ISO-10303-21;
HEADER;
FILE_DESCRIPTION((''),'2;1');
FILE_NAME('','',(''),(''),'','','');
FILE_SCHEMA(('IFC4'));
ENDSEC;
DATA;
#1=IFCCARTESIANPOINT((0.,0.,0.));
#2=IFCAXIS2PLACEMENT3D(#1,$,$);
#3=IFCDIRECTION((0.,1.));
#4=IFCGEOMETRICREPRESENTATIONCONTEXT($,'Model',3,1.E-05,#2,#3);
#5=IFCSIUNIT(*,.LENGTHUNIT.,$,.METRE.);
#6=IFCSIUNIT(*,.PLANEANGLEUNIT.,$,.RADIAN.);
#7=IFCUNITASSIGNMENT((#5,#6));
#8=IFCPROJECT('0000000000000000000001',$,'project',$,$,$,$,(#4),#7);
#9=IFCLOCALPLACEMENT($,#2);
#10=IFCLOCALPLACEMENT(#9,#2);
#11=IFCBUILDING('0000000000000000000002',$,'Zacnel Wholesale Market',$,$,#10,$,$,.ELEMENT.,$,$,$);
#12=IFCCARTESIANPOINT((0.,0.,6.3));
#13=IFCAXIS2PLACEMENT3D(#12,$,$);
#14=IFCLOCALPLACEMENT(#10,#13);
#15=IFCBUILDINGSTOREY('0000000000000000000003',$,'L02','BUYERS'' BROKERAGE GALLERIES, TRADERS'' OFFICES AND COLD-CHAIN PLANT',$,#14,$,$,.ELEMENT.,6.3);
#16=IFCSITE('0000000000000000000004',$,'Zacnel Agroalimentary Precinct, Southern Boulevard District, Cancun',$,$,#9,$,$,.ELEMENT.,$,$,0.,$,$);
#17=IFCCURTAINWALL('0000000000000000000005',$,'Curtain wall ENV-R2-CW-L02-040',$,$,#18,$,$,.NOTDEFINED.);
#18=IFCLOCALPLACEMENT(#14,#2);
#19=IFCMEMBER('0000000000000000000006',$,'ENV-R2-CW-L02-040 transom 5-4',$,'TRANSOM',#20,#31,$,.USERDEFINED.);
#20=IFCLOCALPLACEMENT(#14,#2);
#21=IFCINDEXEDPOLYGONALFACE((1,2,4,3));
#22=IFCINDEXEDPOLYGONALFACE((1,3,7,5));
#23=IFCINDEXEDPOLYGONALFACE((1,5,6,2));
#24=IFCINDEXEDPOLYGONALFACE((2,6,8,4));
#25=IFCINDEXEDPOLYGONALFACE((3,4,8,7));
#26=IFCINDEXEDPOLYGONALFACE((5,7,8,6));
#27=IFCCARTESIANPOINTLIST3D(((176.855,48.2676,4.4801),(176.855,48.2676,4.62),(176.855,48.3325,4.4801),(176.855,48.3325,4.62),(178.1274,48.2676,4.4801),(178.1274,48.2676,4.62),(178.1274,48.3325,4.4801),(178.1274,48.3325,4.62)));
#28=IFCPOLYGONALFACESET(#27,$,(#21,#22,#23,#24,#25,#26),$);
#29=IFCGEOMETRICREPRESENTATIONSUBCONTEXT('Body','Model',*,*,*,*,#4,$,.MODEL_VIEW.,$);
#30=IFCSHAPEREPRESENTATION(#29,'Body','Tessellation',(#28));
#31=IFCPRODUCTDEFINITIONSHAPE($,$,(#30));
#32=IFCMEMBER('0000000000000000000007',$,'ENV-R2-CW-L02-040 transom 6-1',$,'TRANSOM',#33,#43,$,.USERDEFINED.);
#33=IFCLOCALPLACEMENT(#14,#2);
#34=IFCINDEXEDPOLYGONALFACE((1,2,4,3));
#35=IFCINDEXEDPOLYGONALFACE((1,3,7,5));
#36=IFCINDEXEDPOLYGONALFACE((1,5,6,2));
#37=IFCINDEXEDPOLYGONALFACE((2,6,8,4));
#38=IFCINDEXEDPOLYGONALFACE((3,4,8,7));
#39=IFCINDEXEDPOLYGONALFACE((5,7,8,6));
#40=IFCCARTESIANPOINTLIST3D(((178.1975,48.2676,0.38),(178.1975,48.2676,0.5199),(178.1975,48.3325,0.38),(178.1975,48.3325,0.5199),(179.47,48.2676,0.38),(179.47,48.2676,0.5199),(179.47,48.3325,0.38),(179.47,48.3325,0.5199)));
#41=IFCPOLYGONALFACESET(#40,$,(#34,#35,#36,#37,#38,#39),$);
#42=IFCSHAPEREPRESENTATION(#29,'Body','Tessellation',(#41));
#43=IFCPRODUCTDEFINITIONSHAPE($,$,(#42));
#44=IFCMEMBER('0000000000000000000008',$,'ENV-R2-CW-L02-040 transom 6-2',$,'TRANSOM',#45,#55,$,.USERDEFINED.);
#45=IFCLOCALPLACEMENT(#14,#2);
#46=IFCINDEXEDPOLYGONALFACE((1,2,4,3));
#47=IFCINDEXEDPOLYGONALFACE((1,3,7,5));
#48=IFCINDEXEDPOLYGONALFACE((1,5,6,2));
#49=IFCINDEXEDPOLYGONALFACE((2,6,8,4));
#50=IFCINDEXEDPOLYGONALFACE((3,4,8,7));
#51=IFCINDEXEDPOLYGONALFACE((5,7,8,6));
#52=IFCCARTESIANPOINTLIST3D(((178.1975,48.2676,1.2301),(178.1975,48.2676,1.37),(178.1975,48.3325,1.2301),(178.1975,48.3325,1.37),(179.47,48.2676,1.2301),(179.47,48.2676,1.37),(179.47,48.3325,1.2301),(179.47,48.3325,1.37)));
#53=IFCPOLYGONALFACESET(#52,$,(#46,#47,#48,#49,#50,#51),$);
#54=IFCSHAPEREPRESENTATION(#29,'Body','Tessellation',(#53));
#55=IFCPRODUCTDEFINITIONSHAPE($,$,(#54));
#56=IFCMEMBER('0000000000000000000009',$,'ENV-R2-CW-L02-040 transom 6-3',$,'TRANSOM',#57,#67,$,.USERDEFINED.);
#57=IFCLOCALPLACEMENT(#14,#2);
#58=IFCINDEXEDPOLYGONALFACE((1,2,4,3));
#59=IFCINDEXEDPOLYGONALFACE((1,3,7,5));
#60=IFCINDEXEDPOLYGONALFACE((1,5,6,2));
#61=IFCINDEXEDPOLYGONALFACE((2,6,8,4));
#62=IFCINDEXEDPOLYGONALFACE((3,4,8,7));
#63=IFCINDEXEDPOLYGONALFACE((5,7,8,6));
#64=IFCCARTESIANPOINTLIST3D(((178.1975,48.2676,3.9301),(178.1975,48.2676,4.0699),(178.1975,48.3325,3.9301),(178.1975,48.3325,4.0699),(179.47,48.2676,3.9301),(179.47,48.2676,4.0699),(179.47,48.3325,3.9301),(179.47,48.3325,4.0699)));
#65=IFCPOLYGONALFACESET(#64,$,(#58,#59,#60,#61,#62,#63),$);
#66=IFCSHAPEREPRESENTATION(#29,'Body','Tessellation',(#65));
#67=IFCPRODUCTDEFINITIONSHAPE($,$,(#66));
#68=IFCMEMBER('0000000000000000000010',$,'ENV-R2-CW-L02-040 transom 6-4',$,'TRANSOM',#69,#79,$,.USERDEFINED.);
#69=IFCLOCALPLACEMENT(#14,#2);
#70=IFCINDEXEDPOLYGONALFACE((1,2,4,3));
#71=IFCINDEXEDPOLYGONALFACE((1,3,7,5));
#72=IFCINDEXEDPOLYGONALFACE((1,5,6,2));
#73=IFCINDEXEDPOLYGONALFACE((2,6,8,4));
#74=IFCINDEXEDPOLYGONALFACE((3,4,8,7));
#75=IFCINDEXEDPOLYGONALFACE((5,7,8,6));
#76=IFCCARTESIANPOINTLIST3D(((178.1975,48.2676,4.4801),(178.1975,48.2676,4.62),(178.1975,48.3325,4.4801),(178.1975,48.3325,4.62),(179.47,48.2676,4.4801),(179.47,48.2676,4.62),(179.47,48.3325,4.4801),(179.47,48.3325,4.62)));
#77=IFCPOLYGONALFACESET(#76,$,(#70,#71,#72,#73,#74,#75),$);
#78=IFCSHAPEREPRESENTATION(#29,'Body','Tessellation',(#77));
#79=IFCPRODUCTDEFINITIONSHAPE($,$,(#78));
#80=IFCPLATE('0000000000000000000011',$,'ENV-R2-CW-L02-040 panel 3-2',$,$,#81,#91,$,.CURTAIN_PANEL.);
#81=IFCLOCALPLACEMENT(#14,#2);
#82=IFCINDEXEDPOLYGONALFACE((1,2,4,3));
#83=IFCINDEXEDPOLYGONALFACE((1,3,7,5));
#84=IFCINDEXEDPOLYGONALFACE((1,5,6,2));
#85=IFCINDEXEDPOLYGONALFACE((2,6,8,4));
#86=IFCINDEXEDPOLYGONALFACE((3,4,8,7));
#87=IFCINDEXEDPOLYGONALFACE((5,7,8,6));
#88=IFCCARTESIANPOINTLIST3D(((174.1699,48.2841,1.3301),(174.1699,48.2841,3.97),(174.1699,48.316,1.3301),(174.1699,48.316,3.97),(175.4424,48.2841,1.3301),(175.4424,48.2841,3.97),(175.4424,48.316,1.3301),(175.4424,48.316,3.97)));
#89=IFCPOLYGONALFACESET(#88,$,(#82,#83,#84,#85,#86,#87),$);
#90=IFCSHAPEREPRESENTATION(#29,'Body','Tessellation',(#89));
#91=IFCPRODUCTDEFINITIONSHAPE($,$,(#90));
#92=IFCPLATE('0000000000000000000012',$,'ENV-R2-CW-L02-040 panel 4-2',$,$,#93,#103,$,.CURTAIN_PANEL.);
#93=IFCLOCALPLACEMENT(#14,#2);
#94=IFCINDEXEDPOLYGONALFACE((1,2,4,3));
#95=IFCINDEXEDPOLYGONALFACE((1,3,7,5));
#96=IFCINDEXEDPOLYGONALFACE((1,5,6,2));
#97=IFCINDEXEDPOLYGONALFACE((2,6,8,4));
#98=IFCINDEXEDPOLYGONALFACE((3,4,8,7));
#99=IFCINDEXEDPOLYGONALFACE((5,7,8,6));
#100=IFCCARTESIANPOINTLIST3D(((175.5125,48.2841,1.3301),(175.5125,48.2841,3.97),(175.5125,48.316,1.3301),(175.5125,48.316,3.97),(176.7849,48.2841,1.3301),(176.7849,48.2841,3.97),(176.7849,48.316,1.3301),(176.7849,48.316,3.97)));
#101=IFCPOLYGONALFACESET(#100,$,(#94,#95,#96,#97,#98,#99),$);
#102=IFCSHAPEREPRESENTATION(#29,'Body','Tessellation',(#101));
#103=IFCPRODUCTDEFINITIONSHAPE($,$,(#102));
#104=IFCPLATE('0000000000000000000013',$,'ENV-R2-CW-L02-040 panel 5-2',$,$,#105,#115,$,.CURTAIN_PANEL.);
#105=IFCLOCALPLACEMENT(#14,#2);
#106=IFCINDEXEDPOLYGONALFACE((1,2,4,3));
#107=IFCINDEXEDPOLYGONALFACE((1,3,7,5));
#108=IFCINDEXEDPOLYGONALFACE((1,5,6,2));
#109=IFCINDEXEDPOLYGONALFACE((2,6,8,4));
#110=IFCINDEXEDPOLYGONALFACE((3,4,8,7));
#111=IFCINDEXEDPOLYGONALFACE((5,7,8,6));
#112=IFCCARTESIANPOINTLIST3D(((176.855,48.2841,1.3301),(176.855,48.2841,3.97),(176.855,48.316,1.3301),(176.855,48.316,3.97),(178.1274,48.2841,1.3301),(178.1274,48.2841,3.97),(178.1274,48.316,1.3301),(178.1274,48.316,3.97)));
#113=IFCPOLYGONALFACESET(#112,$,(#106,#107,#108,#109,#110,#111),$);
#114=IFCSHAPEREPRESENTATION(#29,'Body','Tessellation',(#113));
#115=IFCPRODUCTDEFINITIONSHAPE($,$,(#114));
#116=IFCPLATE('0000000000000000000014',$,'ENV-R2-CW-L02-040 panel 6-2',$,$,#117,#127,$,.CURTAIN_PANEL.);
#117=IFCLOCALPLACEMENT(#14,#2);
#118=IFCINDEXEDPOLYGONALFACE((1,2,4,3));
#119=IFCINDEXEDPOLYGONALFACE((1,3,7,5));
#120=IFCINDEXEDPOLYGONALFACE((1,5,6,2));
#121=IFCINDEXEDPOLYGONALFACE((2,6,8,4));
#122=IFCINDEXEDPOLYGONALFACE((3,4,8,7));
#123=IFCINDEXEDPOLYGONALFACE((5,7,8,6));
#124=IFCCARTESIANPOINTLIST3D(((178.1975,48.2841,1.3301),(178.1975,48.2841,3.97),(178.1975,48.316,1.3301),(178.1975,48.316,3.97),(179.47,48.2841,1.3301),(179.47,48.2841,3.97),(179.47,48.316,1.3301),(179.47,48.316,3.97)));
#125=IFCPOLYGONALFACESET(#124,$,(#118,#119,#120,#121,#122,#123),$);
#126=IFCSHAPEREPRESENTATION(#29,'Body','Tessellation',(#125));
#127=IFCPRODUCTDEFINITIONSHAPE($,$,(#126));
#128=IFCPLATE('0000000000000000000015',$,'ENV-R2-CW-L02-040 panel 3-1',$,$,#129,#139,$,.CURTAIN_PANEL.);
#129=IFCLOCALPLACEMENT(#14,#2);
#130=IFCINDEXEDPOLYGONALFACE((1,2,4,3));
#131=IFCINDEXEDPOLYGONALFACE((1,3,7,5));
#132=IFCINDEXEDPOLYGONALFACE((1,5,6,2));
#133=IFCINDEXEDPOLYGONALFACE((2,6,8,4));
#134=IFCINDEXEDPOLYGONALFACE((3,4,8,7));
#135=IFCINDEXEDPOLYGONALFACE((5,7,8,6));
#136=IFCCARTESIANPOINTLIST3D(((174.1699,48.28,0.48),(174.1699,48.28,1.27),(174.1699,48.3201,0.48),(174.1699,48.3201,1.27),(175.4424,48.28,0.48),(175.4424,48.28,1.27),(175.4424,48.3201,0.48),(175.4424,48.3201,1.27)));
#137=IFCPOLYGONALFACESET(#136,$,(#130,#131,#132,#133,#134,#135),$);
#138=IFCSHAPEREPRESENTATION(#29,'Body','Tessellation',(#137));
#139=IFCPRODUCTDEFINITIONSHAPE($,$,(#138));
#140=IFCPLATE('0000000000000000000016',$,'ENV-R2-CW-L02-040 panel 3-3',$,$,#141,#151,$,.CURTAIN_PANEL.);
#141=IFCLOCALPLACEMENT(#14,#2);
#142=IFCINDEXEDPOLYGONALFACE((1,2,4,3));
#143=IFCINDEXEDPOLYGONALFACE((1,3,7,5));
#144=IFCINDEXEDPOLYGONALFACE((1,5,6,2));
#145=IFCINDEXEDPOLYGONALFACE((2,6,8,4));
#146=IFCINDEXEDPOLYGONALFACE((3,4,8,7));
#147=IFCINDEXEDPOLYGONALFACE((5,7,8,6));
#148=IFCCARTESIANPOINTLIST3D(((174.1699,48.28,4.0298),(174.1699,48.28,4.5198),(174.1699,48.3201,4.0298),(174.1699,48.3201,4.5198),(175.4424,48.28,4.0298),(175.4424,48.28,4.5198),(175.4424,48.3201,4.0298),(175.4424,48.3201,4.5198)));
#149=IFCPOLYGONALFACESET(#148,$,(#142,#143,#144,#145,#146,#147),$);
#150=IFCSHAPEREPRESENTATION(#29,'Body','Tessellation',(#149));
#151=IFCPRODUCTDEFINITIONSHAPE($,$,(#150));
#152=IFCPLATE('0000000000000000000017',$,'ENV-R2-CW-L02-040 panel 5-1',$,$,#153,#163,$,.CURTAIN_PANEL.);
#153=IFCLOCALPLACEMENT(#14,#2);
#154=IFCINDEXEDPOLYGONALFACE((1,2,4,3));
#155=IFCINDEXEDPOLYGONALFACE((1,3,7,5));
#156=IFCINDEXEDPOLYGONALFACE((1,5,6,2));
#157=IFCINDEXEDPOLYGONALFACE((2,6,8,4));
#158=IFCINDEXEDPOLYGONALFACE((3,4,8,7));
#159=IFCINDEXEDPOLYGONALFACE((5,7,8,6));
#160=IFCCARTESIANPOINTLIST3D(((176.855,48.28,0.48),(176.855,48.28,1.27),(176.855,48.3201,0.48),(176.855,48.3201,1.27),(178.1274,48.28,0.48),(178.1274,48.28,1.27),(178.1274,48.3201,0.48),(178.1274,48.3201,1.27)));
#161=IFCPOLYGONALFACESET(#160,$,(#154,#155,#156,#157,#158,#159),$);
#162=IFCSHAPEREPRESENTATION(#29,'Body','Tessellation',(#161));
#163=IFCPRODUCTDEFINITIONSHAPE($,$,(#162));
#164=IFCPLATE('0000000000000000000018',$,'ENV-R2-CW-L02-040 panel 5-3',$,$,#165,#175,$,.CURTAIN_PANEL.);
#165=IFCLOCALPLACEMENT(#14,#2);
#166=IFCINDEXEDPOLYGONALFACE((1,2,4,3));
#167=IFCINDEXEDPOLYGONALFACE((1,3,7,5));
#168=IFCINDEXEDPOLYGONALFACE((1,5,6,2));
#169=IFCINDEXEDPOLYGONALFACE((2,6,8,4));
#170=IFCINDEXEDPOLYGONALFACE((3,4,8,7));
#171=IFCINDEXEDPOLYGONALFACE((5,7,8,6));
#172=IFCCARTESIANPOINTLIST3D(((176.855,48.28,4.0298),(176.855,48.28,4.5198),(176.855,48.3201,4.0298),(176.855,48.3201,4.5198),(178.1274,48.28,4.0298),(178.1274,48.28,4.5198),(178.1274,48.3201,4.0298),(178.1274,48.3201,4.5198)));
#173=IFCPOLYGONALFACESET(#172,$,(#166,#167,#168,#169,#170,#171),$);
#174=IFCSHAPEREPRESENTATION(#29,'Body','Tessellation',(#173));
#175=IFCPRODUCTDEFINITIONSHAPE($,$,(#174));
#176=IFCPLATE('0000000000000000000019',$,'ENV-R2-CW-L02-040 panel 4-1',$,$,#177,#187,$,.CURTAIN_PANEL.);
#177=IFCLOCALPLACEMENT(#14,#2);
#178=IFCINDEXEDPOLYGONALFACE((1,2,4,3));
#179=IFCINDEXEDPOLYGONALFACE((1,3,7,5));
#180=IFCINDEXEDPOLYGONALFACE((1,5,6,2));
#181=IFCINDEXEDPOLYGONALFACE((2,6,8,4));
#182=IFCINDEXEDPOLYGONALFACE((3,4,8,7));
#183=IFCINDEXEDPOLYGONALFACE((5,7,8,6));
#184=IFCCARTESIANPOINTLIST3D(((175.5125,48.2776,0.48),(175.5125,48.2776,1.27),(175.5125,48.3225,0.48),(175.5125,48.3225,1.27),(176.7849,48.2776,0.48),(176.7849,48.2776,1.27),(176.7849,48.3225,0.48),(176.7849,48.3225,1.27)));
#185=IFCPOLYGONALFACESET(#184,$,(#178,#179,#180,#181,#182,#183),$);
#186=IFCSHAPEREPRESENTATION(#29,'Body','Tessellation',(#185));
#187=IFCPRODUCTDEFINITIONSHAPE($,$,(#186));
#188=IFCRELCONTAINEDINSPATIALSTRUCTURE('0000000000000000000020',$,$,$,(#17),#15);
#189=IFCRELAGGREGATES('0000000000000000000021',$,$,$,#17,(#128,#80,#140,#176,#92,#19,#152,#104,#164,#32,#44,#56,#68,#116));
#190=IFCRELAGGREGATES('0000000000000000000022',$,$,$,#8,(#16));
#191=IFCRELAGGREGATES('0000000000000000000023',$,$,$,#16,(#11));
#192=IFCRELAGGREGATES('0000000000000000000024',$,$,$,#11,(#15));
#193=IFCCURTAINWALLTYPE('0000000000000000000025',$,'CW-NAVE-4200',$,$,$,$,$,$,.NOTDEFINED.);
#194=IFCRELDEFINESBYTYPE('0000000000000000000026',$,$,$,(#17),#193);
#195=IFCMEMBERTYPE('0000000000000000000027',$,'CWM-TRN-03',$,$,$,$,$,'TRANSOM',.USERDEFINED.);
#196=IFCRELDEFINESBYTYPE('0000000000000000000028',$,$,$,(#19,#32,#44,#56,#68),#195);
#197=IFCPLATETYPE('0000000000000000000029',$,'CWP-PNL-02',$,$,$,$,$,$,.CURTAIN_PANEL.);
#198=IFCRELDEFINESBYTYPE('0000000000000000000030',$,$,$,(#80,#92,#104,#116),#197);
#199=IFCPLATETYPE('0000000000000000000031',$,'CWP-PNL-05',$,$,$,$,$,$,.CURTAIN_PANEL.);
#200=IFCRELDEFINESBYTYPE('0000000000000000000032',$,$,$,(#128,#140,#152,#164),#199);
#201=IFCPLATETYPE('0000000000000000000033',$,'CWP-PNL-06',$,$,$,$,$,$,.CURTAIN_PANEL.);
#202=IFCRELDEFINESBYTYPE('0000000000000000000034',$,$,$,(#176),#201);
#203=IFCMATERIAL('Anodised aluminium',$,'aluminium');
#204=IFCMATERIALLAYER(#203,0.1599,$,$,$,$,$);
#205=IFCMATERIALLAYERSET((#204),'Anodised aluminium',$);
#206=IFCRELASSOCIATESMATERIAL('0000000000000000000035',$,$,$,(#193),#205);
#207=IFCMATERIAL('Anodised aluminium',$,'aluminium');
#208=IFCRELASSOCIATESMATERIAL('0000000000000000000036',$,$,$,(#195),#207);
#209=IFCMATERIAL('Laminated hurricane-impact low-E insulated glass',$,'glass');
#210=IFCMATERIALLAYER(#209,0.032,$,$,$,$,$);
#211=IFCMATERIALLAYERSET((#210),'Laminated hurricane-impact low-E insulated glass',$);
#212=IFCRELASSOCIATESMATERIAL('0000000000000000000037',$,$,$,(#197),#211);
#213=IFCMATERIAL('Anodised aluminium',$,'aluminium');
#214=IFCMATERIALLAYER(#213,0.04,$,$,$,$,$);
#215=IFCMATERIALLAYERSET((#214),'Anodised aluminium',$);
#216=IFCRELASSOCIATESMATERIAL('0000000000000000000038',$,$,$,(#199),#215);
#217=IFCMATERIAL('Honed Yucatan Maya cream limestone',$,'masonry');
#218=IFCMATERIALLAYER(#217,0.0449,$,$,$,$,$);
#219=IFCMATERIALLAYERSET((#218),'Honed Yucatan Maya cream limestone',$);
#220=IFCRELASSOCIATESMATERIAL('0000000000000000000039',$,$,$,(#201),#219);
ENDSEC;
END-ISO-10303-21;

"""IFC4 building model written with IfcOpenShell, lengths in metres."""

from ifc_helpers import new_model, si_unit, direction, frame, origin, origin_2d, place, context, subcontext, project, spatial, rectangle, extrude, material, layer, layer_set, material_profile, profile_set, type_object, element, aggregate, save


model = new_model("IFC4")

# Units and contexts
model_context = context("Model", 3, precision=1e-05, world=origin(), true_north=direction((0.0, 1.0)))
body_context = subcontext(model_context, "Body", "Model", "MODEL_VIEW")
ifc_project = project(units=[si_unit("LENGTHUNIT", "METRE"), si_unit("PLANEANGLEUNIT", "RADIAN")], contexts=[model_context])

# Site, building, storey
site_placement = place(None, origin())
site = spatial("IfcSite", under=ifc_project, at=site_placement, Name="Zacnel Agroalimentary Precinct, Southern Boulevard District, Cancun", CompositionType="ELEMENT", RefElevation=0.0)
building_placement = place(site_placement, origin())
building = spatial("IfcBuilding", under=site, at=building_placement, Name="Zacnel Wholesale Market", CompositionType="ELEMENT")
storey_placement = place(building_placement, frame((0.0, 0.0, 6.3)))
storey = spatial("IfcBuildingStorey", under=building, at=storey_placement, Name="L02", Description="BUYERS' BROKERAGE GALLERIES, TRADERS' OFFICES AND COLD-CHAIN PLANT", CompositionType="ELEMENT", Elevation=6.3)

# Curtain wall, members, plates
ifc_material_1 = material(Name="Anodised aluminium", Category="aluminium")
ifc_layer_1 = layer(ifc_material_1, 0.1599)
ifc_layer_set_1 = layer_set([ifc_layer_1], Name="Anodised aluminium")
curtain_wall_type = type_object("IfcCurtainWallType", Name="CW-NAVE-4200", PredefinedType="NOTDEFINED", material=ifc_layer_set_1)
curtain_wall_placement = place(storey_placement, origin())
curtain_wall = element("IfcCurtainWall", 1, at=curtain_wall_placement, inside=storey, type_object=curtain_wall_type, Name="Curtain wall ENV-R2-CW-L02-040", PredefinedType="NOTDEFINED")
ifc_material_2 = material(Name="Anodised aluminium", Category="aluminium")
ifc_material_profile_1 = material_profile(ifc_material_2, rectangle(XDim=0.0649, YDim=0.1399, at=origin_2d()), Name="AW-TRANSOM 65x140")
ifc_profile_set_1 = profile_set([ifc_material_profile_1], Name="Anodised aluminium")
member_type_1 = type_object("IfcMemberType", Name="CWM-TRN-03", ElementType="TRANSOM", PredefinedType="USERDEFINED", material=ifc_profile_set_1)
member_1_placement = place(storey_placement, frame((176.855, 48.3, 4.55), z_axis=(1.0, 0.0, 0.0), x_axis=(0.0, 1.0, 0.0)))
member_1 = element("IfcMember", 2, at=member_1_placement, type_object=member_type_1, Name="ENV-R2-CW-L02-040 transom 5-4", ObjectType="TRANSOM", PredefinedType="USERDEFINED", context=body_context, shape_type="SweptSolid", body=[
    extrude(rectangle(XDim=0.0649, YDim=0.1399, at=origin_2d()), origin(), (0.0, 0.0, 1.0), 1.2725),
])
member_2_placement = place(storey_placement, frame((178.1975, 48.3, 0.45), z_axis=(1.0, 0.0, 0.0), x_axis=(0.0, 1.0, 0.0)))
member_2 = element("IfcMember", 3, at=member_2_placement, type_object=member_type_1, Name="ENV-R2-CW-L02-040 transom 6-1", ObjectType="TRANSOM", PredefinedType="USERDEFINED", context=body_context, shape_type="SweptSolid", body=[
    extrude(rectangle(XDim=0.0649, YDim=0.1399, at=origin_2d()), origin(), (0.0, 0.0, 1.0), 1.2725),
])
member_3_placement = place(storey_placement, frame((178.1975, 48.3, 1.3), z_axis=(1.0, 0.0, 0.0), x_axis=(0.0, 1.0, 0.0)))
member_3 = element("IfcMember", 4, at=member_3_placement, type_object=member_type_1, Name="ENV-R2-CW-L02-040 transom 6-2", ObjectType="TRANSOM", PredefinedType="USERDEFINED", context=body_context, shape_type="SweptSolid", body=[
    extrude(rectangle(XDim=0.0649, YDim=0.1399, at=origin_2d()), origin(), (0.0, 0.0, 1.0), 1.2725),
])
member_4_placement = place(storey_placement, frame((178.1975, 48.3, 4.0), z_axis=(1.0, 0.0, 0.0), x_axis=(0.0, 1.0, 0.0)))
member_4 = element("IfcMember", 5, at=member_4_placement, type_object=member_type_1, Name="ENV-R2-CW-L02-040 transom 6-3", ObjectType="TRANSOM", PredefinedType="USERDEFINED", context=body_context, shape_type="SweptSolid", body=[
    extrude(rectangle(XDim=0.0649, YDim=0.1399, at=origin_2d()), origin(), (0.0, 0.0, 1.0), 1.2725),
])
member_5_placement = place(storey_placement, frame((178.1975, 48.3, 4.55), z_axis=(1.0, 0.0, 0.0), x_axis=(0.0, 1.0, 0.0)))
member_5 = element("IfcMember", 6, at=member_5_placement, type_object=member_type_1, Name="ENV-R2-CW-L02-040 transom 6-4", ObjectType="TRANSOM", PredefinedType="USERDEFINED", context=body_context, shape_type="SweptSolid", body=[
    extrude(rectangle(XDim=0.0649, YDim=0.1399, at=origin_2d()), origin(), (0.0, 0.0, 1.0), 1.2725),
])
ifc_material_3 = material(Name="Laminated hurricane-impact low-E insulated glass", Category="glass")
ifc_layer_2 = layer(ifc_material_3, 0.032)
ifc_layer_set_2 = layer_set([ifc_layer_2], Name="Laminated hurricane-impact low-E insulated glass")
plate_type_1 = type_object("IfcPlateType", Name="CWP-PNL-02", PredefinedType="CURTAIN_PANEL", material=ifc_layer_set_2)
plate_1_placement = place(storey_placement, frame((174.8062, 48.3, 1.3301), z_axis=(0.0, 0.0, 1.0), x_axis=(1.0, 0.0, 0.0)))
plate_1 = element("IfcPlate", 7, at=plate_1_placement, type_object=plate_type_1, Name="ENV-R2-CW-L02-040 panel 3-2", PredefinedType="CURTAIN_PANEL", context=body_context, shape_type="SweptSolid", body=[
    extrude(rectangle(XDim=1.2725, YDim=0.032, at=origin_2d()), origin(), (0.0, 0.0, 1.0), 2.6399),
])
plate_2_placement = place(storey_placement, frame((176.1487, 48.3, 1.3301), z_axis=(0.0, 0.0, 1.0), x_axis=(1.0, 0.0, 0.0)))
plate_2 = element("IfcPlate", 8, at=plate_2_placement, type_object=plate_type_1, Name="ENV-R2-CW-L02-040 panel 4-2", PredefinedType="CURTAIN_PANEL", context=body_context, shape_type="SweptSolid", body=[
    extrude(rectangle(XDim=1.2725, YDim=0.032, at=origin_2d()), origin(), (0.0, 0.0, 1.0), 2.6399),
])
plate_3_placement = place(storey_placement, frame((177.4912, 48.3, 1.3301), z_axis=(0.0, 0.0, 1.0), x_axis=(1.0, 0.0, 0.0)))
plate_3 = element("IfcPlate", 9, at=plate_3_placement, type_object=plate_type_1, Name="ENV-R2-CW-L02-040 panel 5-2", PredefinedType="CURTAIN_PANEL", context=body_context, shape_type="SweptSolid", body=[
    extrude(rectangle(XDim=1.2725, YDim=0.032, at=origin_2d()), origin(), (0.0, 0.0, 1.0), 2.6399),
])
plate_4_placement = place(storey_placement, frame((178.8337, 48.3, 1.3301), z_axis=(0.0, 0.0, 1.0), x_axis=(1.0, 0.0, 0.0)))
plate_4 = element("IfcPlate", 10, at=plate_4_placement, type_object=plate_type_1, Name="ENV-R2-CW-L02-040 panel 6-2", PredefinedType="CURTAIN_PANEL", context=body_context, shape_type="SweptSolid", body=[
    extrude(rectangle(XDim=1.2725, YDim=0.032, at=origin_2d()), origin(), (0.0, 0.0, 1.0), 2.6399),
])
ifc_material_4 = material(Name="Anodised aluminium", Category="aluminium")
ifc_layer_3 = layer(ifc_material_4, 0.04)
ifc_layer_set_3 = layer_set([ifc_layer_3], Name="Anodised aluminium")
plate_type_2 = type_object("IfcPlateType", Name="CWP-PNL-05", PredefinedType="CURTAIN_PANEL", material=ifc_layer_set_3)
plate_5_placement = place(storey_placement, frame((174.8062, 48.3, 0.48), z_axis=(0.0, 0.0, 1.0), x_axis=(1.0, 0.0, 0.0)))
plate_5 = element("IfcPlate", 11, at=plate_5_placement, type_object=plate_type_2, Name="ENV-R2-CW-L02-040 panel 3-1", PredefinedType="CURTAIN_PANEL", context=body_context, shape_type="SweptSolid", body=[
    extrude(rectangle(XDim=1.2725, YDim=0.04, at=origin_2d()), origin(), (0.0, 0.0, 1.0), 0.79),
])
plate_6_placement = place(storey_placement, frame((174.8062, 48.3, 4.0298), z_axis=(0.0, 0.0, 1.0), x_axis=(1.0, 0.0, 0.0)))
plate_6 = element("IfcPlate", 12, at=plate_6_placement, type_object=plate_type_2, Name="ENV-R2-CW-L02-040 panel 3-3", PredefinedType="CURTAIN_PANEL", context=body_context, shape_type="SweptSolid", body=[
    extrude(rectangle(XDim=1.2725, YDim=0.04, at=origin_2d()), origin(), (0.0, 0.0, 1.0), 0.49),
])
plate_7_placement = place(storey_placement, frame((177.4912, 48.3, 0.48), z_axis=(0.0, 0.0, 1.0), x_axis=(1.0, 0.0, 0.0)))
plate_7 = element("IfcPlate", 13, at=plate_7_placement, type_object=plate_type_2, Name="ENV-R2-CW-L02-040 panel 5-1", PredefinedType="CURTAIN_PANEL", context=body_context, shape_type="SweptSolid", body=[
    extrude(rectangle(XDim=1.2725, YDim=0.04, at=origin_2d()), origin(), (0.0, 0.0, 1.0), 0.79),
])
plate_8_placement = place(storey_placement, frame((177.4912, 48.3, 4.0298), z_axis=(0.0, 0.0, 1.0), x_axis=(1.0, 0.0, 0.0)))
plate_8 = element("IfcPlate", 14, at=plate_8_placement, type_object=plate_type_2, Name="ENV-R2-CW-L02-040 panel 5-3", PredefinedType="CURTAIN_PANEL", context=body_context, shape_type="SweptSolid", body=[
    extrude(rectangle(XDim=1.2725, YDim=0.04, at=origin_2d()), origin(), (0.0, 0.0, 1.0), 0.49),
])
ifc_material_5 = material(Name="Honed Yucatan Maya cream limestone", Category="masonry")
ifc_layer_4 = layer(ifc_material_5, 0.0449)
ifc_layer_set_4 = layer_set([ifc_layer_4], Name="Honed Yucatan Maya cream limestone")
plate_type_3 = type_object("IfcPlateType", Name="CWP-PNL-06", PredefinedType="CURTAIN_PANEL", material=ifc_layer_set_4)
plate_9_placement = place(storey_placement, frame((176.1487, 48.3, 0.48), z_axis=(0.0, 0.0, 1.0), x_axis=(1.0, 0.0, 0.0)))
plate_9 = element("IfcPlate", 15, at=plate_9_placement, type_object=plate_type_3, Name="ENV-R2-CW-L02-040 panel 4-1", PredefinedType="CURTAIN_PANEL", context=body_context, shape_type="SweptSolid", body=[
    extrude(rectangle(XDim=1.2725, YDim=0.0449, at=origin_2d()), origin(), (0.0, 0.0, 1.0), 0.79),
])
aggregate(curtain_wall, [plate_5, plate_1, plate_6, plate_9, plate_2, member_1, plate_7, plate_3, plate_8, member_2, member_3, member_4, member_5, plate_4])

save(model, "model.ifc")
